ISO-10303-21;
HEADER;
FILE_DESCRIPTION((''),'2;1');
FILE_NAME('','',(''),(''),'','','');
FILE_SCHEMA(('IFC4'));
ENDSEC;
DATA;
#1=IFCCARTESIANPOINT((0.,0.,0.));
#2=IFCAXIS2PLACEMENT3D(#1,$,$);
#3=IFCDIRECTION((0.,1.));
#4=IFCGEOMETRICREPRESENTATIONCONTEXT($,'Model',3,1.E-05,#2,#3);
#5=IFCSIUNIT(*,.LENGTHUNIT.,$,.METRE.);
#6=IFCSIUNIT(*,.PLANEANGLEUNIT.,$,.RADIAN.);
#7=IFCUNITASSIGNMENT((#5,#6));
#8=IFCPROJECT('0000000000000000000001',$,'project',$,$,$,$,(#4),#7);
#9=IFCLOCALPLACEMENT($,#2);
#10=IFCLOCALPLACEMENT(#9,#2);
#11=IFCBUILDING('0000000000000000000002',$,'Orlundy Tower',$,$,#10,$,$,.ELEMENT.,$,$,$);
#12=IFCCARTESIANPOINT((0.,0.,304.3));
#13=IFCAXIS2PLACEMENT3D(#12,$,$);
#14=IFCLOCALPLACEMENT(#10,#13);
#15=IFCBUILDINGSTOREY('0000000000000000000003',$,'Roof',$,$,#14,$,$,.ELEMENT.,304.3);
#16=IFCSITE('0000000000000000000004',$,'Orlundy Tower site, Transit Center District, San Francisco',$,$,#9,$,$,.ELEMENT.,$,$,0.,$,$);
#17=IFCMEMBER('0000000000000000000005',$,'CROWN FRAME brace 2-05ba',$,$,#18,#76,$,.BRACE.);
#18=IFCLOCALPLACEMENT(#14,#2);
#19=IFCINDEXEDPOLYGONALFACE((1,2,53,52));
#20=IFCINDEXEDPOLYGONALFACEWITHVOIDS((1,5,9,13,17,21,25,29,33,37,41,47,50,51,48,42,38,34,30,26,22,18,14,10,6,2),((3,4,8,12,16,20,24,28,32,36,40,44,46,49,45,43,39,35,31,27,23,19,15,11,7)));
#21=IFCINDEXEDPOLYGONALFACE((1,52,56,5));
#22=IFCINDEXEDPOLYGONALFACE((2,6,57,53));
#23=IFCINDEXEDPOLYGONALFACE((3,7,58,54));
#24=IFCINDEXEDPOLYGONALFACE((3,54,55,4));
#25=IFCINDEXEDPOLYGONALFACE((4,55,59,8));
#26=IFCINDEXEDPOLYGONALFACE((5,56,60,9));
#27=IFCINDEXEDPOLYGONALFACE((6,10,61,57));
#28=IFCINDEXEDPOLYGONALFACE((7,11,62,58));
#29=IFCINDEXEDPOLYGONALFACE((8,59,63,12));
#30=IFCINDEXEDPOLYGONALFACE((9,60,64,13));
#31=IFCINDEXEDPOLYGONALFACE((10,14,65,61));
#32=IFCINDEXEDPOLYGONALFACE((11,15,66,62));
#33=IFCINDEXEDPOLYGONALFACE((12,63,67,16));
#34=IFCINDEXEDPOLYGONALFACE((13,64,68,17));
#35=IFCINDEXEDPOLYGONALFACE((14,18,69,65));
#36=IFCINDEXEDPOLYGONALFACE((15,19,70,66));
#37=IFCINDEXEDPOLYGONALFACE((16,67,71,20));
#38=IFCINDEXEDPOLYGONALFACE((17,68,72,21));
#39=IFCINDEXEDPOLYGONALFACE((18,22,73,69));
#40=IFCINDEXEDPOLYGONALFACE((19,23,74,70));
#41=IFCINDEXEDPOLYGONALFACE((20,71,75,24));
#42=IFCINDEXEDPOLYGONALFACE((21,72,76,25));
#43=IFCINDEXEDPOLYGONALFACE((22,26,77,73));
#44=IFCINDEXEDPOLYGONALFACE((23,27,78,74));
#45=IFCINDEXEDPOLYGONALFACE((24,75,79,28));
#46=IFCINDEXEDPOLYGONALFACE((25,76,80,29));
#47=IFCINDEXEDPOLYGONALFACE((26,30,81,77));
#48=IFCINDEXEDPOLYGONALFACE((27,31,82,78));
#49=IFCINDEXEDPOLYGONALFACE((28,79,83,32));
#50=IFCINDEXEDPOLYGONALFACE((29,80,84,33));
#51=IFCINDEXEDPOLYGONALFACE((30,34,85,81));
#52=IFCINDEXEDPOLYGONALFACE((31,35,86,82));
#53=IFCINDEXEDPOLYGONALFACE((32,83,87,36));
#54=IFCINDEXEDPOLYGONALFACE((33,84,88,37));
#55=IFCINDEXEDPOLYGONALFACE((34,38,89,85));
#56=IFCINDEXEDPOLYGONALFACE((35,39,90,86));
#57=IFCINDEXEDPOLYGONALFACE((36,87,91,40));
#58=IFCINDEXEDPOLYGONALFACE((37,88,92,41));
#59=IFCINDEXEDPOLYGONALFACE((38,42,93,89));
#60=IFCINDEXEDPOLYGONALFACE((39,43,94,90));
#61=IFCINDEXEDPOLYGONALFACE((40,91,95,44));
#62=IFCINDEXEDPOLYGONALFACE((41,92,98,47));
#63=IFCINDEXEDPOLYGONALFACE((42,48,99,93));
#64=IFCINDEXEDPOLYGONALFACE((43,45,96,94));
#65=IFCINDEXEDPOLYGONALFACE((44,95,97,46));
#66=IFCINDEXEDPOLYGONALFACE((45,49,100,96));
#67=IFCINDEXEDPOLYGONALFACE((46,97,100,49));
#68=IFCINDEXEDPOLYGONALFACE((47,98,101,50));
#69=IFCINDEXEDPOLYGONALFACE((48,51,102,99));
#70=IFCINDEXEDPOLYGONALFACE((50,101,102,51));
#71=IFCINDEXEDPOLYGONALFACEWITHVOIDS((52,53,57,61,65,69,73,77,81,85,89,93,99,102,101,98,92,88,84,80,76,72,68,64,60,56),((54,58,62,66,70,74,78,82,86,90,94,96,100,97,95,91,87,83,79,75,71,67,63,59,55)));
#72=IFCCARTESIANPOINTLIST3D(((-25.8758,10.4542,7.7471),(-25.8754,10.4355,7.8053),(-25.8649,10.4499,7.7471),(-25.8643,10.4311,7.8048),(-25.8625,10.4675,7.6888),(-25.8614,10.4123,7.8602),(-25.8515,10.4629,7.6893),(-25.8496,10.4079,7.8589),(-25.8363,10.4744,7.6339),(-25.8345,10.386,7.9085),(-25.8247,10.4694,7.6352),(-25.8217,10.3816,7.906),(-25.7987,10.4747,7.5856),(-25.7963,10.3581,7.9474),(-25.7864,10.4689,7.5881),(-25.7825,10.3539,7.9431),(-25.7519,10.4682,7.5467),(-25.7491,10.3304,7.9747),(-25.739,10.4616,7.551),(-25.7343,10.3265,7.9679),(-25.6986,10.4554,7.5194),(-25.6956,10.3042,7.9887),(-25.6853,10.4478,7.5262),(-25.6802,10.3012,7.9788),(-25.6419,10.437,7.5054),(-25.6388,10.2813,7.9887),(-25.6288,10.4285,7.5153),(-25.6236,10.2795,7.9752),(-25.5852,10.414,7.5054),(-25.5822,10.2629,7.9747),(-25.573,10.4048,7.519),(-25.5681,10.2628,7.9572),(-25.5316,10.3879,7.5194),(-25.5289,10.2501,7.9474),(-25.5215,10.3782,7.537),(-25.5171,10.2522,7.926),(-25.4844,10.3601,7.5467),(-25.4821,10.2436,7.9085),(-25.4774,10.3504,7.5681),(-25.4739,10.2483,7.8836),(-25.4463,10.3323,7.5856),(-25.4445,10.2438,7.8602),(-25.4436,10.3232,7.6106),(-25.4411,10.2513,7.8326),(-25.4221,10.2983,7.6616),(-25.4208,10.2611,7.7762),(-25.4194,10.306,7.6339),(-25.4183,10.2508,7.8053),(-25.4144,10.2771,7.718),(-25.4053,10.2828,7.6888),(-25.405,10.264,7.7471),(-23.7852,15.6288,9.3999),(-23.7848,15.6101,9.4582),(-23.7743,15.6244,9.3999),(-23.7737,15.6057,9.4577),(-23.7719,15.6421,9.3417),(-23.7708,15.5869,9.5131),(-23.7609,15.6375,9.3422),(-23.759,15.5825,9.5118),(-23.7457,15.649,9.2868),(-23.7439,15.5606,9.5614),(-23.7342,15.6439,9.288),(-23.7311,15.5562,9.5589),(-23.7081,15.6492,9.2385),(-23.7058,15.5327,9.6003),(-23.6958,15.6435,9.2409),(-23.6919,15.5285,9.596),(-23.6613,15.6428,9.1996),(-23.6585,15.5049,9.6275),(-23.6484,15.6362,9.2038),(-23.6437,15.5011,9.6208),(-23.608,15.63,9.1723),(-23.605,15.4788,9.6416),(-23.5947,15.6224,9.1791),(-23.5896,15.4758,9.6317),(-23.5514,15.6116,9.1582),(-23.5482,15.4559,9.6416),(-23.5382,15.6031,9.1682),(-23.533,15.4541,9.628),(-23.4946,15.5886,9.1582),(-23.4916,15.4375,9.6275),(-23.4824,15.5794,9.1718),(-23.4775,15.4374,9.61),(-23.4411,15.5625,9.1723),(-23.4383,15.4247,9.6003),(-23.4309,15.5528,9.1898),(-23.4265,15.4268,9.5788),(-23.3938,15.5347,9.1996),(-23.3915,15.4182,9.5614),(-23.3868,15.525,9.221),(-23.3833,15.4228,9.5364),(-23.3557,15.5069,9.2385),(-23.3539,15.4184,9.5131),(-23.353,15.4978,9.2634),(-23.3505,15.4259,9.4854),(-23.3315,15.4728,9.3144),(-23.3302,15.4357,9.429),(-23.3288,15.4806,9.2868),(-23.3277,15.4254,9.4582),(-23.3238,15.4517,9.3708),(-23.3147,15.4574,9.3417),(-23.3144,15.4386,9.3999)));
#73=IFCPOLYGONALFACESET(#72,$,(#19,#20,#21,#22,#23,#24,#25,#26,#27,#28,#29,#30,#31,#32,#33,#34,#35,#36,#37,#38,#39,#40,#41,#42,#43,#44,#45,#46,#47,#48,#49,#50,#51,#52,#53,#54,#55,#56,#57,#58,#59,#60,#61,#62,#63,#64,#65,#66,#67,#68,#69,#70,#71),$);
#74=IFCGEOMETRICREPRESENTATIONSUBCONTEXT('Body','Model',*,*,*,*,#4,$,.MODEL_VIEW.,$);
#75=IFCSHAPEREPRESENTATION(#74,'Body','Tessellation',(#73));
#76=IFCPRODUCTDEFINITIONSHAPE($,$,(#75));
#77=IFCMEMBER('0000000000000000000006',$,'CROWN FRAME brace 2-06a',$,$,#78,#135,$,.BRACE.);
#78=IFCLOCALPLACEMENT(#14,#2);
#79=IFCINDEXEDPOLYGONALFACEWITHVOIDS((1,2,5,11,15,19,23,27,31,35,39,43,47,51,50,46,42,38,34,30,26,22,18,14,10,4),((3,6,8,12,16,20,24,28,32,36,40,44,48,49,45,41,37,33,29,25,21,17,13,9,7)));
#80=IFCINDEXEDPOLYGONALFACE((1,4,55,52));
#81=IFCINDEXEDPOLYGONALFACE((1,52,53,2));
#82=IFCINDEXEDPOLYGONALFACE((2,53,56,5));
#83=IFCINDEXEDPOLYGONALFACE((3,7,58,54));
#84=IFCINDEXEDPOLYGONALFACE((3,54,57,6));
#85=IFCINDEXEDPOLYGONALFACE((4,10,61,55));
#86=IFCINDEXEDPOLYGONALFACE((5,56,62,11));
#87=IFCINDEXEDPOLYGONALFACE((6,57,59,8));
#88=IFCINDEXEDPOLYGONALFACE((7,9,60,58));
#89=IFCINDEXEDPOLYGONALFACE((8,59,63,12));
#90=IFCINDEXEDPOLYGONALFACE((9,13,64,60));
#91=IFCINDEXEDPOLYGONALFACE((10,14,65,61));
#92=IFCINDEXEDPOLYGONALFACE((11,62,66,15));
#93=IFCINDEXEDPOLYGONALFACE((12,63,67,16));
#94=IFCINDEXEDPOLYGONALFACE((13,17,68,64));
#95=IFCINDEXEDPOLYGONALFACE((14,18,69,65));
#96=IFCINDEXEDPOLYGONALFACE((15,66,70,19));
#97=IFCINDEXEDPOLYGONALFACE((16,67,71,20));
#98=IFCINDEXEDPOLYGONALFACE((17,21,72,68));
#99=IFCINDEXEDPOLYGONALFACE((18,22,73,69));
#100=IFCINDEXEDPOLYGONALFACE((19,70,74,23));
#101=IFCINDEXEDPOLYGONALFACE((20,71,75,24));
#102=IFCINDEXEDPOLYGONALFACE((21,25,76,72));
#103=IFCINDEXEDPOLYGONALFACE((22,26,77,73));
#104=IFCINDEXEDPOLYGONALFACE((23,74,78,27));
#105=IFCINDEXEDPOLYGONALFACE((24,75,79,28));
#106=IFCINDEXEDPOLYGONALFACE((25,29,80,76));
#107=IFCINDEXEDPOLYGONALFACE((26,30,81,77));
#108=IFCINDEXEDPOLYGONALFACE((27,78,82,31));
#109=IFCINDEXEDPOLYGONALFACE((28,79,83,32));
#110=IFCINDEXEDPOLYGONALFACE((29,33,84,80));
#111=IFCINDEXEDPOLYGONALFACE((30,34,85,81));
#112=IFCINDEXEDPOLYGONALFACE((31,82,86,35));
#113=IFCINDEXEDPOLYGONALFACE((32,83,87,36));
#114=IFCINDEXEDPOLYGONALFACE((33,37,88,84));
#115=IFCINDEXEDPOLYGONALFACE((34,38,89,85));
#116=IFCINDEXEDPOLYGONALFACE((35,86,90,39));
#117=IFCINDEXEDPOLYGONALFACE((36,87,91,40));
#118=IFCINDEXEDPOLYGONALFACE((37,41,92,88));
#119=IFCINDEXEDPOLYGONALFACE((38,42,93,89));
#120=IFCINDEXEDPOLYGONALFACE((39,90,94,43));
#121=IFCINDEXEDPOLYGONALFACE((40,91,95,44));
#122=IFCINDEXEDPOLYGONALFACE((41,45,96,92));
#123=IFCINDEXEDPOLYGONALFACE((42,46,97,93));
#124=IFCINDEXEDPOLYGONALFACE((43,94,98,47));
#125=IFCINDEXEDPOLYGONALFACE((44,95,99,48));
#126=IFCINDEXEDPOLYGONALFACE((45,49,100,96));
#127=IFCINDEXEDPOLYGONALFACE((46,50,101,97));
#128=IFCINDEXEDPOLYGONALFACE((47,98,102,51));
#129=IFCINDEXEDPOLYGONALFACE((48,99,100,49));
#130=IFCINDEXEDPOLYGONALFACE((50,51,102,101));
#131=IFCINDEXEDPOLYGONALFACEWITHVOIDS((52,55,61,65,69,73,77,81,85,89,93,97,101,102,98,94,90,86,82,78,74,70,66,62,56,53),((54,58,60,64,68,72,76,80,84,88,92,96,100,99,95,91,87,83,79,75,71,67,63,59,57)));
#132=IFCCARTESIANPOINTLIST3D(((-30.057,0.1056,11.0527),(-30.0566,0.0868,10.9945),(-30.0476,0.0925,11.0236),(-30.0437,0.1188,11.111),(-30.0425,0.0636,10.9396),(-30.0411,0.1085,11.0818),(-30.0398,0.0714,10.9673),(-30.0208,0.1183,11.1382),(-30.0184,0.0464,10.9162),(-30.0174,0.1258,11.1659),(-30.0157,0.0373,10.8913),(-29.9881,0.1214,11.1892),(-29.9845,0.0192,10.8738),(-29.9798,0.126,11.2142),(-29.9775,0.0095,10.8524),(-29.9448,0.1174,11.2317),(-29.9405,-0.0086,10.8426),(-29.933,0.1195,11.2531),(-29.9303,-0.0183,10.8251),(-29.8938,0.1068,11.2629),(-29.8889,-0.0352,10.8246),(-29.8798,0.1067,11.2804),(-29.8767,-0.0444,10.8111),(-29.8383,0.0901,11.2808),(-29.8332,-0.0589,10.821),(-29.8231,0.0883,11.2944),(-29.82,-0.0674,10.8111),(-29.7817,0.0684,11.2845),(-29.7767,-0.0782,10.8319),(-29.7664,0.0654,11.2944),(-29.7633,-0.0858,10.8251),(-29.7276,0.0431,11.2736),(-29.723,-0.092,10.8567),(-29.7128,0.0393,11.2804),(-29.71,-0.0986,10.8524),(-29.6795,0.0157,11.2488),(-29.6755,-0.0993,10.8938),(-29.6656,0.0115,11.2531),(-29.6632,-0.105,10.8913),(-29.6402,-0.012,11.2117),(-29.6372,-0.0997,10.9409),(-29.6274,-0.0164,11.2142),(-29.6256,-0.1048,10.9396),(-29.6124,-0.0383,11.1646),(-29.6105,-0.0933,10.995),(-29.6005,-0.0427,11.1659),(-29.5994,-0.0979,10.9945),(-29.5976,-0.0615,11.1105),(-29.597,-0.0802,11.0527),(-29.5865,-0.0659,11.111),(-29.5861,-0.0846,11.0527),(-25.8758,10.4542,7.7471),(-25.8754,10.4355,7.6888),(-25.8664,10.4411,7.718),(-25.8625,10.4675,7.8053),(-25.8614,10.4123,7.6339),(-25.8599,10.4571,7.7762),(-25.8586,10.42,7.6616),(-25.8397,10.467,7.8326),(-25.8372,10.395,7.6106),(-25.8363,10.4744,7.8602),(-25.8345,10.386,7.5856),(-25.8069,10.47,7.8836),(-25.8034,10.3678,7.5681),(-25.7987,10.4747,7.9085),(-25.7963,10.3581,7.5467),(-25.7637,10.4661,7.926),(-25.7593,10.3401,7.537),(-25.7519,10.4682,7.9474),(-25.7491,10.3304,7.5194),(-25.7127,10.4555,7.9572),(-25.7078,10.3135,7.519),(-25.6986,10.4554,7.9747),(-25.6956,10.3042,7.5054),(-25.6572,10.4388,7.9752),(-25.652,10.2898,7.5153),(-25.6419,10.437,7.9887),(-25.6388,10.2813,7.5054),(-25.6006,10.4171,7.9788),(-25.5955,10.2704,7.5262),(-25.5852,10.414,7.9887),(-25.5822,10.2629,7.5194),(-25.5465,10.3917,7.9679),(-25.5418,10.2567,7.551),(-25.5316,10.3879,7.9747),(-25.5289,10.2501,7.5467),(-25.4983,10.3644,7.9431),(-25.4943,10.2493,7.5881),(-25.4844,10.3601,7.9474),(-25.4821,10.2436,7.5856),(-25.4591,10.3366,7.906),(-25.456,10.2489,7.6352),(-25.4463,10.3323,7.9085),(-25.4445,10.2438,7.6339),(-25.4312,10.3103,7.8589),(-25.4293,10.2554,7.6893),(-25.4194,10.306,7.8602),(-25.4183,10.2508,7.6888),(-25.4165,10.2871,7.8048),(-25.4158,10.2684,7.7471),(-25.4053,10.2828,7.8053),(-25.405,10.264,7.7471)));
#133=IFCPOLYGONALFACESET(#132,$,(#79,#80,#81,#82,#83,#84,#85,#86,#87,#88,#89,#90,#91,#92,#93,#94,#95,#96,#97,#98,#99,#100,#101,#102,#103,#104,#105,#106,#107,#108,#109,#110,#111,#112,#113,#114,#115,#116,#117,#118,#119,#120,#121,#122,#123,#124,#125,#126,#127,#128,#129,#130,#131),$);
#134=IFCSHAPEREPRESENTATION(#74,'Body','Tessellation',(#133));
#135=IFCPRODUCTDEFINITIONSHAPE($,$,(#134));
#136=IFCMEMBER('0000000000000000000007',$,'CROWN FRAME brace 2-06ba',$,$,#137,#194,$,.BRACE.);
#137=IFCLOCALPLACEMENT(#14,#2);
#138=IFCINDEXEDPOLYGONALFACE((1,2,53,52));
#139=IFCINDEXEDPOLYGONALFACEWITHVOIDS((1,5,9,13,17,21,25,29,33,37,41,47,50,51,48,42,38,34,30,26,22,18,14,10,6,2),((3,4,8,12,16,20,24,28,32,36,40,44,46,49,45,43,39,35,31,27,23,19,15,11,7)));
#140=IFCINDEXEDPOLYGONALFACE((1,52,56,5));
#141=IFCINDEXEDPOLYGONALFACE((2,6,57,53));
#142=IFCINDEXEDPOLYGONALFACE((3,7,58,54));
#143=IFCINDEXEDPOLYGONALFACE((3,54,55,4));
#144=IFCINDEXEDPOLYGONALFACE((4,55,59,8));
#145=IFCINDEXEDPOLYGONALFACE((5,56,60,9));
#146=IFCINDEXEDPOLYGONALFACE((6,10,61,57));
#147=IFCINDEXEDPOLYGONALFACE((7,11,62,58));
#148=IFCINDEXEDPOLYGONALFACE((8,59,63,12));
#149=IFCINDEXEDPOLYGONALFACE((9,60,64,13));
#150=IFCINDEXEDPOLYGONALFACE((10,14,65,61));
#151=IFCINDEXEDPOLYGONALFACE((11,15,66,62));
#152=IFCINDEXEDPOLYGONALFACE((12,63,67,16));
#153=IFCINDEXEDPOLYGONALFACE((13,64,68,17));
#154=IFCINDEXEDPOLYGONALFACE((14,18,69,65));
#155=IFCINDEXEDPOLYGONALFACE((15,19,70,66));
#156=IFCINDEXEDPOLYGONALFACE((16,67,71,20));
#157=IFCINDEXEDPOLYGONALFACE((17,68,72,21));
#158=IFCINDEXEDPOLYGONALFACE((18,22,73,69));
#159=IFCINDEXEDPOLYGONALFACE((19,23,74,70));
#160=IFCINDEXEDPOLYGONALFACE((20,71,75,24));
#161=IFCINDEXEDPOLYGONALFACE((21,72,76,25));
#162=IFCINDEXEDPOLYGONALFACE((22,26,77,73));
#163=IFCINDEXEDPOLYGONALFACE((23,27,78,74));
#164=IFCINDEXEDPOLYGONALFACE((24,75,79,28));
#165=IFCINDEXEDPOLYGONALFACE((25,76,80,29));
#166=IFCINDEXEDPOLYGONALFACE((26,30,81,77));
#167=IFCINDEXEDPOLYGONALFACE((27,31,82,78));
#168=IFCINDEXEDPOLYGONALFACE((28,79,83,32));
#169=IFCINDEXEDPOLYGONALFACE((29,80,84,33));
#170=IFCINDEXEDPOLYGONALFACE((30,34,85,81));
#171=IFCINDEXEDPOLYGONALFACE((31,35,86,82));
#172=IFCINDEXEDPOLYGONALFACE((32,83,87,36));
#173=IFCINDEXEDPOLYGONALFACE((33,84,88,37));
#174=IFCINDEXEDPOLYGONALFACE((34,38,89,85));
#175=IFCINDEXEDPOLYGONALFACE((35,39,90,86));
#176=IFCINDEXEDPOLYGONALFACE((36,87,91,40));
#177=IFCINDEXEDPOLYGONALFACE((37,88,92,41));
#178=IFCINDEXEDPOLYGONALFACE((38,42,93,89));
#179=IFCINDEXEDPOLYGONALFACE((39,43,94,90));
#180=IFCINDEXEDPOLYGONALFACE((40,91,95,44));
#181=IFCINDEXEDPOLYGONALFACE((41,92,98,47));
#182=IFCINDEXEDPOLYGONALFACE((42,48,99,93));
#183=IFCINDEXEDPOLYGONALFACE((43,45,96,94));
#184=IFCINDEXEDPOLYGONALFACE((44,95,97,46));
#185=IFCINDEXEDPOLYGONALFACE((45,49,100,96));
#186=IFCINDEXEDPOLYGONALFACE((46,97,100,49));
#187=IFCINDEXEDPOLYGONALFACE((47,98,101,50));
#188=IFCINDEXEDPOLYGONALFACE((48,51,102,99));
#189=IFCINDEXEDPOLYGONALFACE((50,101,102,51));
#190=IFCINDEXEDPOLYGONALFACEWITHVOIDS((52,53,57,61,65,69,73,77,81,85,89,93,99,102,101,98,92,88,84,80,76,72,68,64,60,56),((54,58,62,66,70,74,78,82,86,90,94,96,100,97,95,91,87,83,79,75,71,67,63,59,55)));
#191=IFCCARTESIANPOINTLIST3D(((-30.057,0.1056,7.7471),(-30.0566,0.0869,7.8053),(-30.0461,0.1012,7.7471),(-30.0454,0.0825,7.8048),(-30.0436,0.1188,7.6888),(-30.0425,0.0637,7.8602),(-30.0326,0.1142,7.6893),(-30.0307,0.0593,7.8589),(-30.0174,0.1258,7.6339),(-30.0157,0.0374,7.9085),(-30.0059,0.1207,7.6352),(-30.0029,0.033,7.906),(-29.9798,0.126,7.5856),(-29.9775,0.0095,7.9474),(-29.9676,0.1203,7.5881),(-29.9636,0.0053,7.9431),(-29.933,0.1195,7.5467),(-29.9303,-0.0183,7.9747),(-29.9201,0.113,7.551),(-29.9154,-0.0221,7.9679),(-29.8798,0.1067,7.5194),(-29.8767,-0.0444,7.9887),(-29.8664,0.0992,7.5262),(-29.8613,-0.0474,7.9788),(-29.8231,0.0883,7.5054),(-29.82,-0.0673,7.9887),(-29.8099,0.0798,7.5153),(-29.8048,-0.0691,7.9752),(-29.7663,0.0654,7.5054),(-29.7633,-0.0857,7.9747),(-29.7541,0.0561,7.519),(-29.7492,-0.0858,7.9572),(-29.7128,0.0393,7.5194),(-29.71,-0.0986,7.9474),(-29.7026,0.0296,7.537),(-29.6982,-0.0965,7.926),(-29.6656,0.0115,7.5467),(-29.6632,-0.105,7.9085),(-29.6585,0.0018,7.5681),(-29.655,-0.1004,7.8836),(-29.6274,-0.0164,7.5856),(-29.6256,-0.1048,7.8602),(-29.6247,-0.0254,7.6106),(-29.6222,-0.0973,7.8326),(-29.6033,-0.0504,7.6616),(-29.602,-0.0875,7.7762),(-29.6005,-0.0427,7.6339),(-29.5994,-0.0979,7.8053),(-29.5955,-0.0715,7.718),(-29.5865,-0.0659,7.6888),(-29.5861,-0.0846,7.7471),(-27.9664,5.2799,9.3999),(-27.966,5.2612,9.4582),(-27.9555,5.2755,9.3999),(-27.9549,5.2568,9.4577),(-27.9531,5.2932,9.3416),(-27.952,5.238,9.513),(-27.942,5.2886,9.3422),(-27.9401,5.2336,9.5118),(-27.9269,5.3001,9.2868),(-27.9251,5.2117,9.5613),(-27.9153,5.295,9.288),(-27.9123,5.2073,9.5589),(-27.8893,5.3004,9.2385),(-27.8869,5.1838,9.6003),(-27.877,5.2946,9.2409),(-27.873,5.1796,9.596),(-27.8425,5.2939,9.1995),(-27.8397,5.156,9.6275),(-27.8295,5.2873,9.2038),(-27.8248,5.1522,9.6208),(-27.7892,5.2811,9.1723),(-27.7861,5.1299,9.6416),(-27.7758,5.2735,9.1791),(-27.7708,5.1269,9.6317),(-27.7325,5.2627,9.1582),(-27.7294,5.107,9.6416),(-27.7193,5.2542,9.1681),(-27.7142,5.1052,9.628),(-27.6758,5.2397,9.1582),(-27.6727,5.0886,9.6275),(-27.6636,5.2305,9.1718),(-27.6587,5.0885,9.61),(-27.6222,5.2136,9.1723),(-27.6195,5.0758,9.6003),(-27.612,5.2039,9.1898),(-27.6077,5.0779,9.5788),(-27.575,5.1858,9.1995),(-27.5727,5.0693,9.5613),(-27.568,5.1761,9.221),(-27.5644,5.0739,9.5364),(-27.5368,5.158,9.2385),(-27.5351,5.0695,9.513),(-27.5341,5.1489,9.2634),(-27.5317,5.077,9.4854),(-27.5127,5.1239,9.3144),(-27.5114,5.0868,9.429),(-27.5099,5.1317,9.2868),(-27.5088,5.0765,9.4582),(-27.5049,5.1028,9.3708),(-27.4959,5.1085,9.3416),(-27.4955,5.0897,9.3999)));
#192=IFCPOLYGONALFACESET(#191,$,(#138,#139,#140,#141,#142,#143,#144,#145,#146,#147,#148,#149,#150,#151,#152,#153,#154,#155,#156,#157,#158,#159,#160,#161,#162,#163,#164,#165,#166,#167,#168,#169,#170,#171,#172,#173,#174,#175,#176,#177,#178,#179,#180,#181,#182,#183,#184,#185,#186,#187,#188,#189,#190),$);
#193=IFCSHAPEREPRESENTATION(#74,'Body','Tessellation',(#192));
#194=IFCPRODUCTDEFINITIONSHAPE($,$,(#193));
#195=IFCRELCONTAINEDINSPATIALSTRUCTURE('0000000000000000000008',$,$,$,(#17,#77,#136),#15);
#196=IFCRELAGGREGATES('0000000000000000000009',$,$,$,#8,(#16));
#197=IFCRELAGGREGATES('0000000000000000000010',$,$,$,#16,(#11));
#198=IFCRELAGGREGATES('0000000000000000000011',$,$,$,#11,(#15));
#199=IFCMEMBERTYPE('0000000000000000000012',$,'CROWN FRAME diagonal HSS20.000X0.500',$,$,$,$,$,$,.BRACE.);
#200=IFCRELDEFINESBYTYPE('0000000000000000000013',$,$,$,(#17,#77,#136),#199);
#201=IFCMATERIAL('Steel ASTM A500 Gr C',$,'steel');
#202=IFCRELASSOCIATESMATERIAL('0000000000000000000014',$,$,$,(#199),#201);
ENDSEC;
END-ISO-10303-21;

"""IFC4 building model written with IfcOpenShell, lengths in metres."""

from ifc_helpers import new_model, si_unit, direction, frame, origin, origin_2d, place, context, subcontext, project, spatial, hollow_circle, extrude, material, material_profile, profile_set, type_object, element, save


model = new_model("IFC4")

# Units and contexts
model_context = context("Model", 3, precision=1e-05, world=origin(), true_north=direction((0.0, 1.0)))
body_context = subcontext(model_context, "Body", "Model", "MODEL_VIEW")
ifc_project = project(units=[si_unit("LENGTHUNIT", "METRE"), si_unit("PLANEANGLEUNIT", "RADIAN")], contexts=[model_context])

# Site, building, storey
site_placement = place(None, origin())
site = spatial("IfcSite", under=ifc_project, at=site_placement, Name="Orlundy Tower site, Transit Center District, San Francisco", CompositionType="ELEMENT", RefElevation=0.0)
building_placement = place(site_placement, origin())
building = spatial("IfcBuilding", under=site, at=building_placement, Name="Orlundy Tower", CompositionType="ELEMENT")
storey_placement = place(building_placement, frame((0.0, 0.0, 304.3)))
storey = spatial("IfcBuildingStorey", under=building, at=storey_placement, Name="Roof", CompositionType="ELEMENT", Elevation=304.3)

# Members
ifc_material_1 = material(Name="Steel ASTM A500 Gr C", Category="steel")
ifc_material_profile_1 = material_profile(ifc_material_1, hollow_circle(Radius=0.2539, WallThickness=0.0117, at=origin_2d()), Name="HSS20.000X0.500")
ifc_profile_set_1 = profile_set([ifc_material_profile_1], Name="Steel ASTM A500 Gr C")
member_type_1 = type_object("IfcMemberType", Name="CROWN FRAME diagonal HSS20.000X0.500", PredefinedType="BRACE", material=ifc_profile_set_1)
member_1_placement = place(storey_placement, frame((-25.6404, 10.3591, 7.7471), z_axis=(0.359174, 0.88902, 0.283966), x_axis=(-0.927189, 0.374594, 0.0)))
element("IfcMember", 1, at=member_1_placement, inside=storey, type_object=member_type_1, Name="CROWN FRAME brace 2-05ba", PredefinedType="BRACE", context=body_context, shape_type="SweptSolid", body=[
    extrude(hollow_circle(Radius=0.2539, WallThickness=0.0117, at=origin_2d()), origin(), (0.0, 0.0, 1.0), 5.8206),
])
member_2_placement = place(storey_placement, frame((-25.6404, 10.3591, 7.7471), z_axis=(-0.359187, -0.889012, 0.283977), x_axis=(0.927183, -0.374609, 0.0)))
element("IfcMember", 2, at=member_2_placement, inside=storey, type_object=member_type_1, Name="CROWN FRAME brace 2-06a", PredefinedType="BRACE", context=body_context, shape_type="SweptSolid", body=[
    extrude(hollow_circle(Radius=0.2539, WallThickness=0.0117, at=origin_2d()), origin(), (0.0, 0.0, 1.0), 11.6406),
])
for number, where, z_axis, x_axis, name in (
    (3, (-29.8215, 0.0105, 7.7471), (0.359187, 0.889012, 0.283977), (-0.927183, 0.374609, 0.0), "CROWN FRAME brace 2-06ba"),
):
    element("IfcMember", number, at=place(storey_placement, frame(where, z_axis=z_axis, x_axis=x_axis)), inside=storey, type_object=member_type_1, Name=name, PredefinedType="BRACE", context=body_context, shape_type="SweptSolid", body=[
        extrude(hollow_circle(Radius=0.2539, WallThickness=0.0117, at=origin_2d()), origin(), (0.0, 0.0, 1.0), 5.8203),
    ])

save(model, "model.ifc")
